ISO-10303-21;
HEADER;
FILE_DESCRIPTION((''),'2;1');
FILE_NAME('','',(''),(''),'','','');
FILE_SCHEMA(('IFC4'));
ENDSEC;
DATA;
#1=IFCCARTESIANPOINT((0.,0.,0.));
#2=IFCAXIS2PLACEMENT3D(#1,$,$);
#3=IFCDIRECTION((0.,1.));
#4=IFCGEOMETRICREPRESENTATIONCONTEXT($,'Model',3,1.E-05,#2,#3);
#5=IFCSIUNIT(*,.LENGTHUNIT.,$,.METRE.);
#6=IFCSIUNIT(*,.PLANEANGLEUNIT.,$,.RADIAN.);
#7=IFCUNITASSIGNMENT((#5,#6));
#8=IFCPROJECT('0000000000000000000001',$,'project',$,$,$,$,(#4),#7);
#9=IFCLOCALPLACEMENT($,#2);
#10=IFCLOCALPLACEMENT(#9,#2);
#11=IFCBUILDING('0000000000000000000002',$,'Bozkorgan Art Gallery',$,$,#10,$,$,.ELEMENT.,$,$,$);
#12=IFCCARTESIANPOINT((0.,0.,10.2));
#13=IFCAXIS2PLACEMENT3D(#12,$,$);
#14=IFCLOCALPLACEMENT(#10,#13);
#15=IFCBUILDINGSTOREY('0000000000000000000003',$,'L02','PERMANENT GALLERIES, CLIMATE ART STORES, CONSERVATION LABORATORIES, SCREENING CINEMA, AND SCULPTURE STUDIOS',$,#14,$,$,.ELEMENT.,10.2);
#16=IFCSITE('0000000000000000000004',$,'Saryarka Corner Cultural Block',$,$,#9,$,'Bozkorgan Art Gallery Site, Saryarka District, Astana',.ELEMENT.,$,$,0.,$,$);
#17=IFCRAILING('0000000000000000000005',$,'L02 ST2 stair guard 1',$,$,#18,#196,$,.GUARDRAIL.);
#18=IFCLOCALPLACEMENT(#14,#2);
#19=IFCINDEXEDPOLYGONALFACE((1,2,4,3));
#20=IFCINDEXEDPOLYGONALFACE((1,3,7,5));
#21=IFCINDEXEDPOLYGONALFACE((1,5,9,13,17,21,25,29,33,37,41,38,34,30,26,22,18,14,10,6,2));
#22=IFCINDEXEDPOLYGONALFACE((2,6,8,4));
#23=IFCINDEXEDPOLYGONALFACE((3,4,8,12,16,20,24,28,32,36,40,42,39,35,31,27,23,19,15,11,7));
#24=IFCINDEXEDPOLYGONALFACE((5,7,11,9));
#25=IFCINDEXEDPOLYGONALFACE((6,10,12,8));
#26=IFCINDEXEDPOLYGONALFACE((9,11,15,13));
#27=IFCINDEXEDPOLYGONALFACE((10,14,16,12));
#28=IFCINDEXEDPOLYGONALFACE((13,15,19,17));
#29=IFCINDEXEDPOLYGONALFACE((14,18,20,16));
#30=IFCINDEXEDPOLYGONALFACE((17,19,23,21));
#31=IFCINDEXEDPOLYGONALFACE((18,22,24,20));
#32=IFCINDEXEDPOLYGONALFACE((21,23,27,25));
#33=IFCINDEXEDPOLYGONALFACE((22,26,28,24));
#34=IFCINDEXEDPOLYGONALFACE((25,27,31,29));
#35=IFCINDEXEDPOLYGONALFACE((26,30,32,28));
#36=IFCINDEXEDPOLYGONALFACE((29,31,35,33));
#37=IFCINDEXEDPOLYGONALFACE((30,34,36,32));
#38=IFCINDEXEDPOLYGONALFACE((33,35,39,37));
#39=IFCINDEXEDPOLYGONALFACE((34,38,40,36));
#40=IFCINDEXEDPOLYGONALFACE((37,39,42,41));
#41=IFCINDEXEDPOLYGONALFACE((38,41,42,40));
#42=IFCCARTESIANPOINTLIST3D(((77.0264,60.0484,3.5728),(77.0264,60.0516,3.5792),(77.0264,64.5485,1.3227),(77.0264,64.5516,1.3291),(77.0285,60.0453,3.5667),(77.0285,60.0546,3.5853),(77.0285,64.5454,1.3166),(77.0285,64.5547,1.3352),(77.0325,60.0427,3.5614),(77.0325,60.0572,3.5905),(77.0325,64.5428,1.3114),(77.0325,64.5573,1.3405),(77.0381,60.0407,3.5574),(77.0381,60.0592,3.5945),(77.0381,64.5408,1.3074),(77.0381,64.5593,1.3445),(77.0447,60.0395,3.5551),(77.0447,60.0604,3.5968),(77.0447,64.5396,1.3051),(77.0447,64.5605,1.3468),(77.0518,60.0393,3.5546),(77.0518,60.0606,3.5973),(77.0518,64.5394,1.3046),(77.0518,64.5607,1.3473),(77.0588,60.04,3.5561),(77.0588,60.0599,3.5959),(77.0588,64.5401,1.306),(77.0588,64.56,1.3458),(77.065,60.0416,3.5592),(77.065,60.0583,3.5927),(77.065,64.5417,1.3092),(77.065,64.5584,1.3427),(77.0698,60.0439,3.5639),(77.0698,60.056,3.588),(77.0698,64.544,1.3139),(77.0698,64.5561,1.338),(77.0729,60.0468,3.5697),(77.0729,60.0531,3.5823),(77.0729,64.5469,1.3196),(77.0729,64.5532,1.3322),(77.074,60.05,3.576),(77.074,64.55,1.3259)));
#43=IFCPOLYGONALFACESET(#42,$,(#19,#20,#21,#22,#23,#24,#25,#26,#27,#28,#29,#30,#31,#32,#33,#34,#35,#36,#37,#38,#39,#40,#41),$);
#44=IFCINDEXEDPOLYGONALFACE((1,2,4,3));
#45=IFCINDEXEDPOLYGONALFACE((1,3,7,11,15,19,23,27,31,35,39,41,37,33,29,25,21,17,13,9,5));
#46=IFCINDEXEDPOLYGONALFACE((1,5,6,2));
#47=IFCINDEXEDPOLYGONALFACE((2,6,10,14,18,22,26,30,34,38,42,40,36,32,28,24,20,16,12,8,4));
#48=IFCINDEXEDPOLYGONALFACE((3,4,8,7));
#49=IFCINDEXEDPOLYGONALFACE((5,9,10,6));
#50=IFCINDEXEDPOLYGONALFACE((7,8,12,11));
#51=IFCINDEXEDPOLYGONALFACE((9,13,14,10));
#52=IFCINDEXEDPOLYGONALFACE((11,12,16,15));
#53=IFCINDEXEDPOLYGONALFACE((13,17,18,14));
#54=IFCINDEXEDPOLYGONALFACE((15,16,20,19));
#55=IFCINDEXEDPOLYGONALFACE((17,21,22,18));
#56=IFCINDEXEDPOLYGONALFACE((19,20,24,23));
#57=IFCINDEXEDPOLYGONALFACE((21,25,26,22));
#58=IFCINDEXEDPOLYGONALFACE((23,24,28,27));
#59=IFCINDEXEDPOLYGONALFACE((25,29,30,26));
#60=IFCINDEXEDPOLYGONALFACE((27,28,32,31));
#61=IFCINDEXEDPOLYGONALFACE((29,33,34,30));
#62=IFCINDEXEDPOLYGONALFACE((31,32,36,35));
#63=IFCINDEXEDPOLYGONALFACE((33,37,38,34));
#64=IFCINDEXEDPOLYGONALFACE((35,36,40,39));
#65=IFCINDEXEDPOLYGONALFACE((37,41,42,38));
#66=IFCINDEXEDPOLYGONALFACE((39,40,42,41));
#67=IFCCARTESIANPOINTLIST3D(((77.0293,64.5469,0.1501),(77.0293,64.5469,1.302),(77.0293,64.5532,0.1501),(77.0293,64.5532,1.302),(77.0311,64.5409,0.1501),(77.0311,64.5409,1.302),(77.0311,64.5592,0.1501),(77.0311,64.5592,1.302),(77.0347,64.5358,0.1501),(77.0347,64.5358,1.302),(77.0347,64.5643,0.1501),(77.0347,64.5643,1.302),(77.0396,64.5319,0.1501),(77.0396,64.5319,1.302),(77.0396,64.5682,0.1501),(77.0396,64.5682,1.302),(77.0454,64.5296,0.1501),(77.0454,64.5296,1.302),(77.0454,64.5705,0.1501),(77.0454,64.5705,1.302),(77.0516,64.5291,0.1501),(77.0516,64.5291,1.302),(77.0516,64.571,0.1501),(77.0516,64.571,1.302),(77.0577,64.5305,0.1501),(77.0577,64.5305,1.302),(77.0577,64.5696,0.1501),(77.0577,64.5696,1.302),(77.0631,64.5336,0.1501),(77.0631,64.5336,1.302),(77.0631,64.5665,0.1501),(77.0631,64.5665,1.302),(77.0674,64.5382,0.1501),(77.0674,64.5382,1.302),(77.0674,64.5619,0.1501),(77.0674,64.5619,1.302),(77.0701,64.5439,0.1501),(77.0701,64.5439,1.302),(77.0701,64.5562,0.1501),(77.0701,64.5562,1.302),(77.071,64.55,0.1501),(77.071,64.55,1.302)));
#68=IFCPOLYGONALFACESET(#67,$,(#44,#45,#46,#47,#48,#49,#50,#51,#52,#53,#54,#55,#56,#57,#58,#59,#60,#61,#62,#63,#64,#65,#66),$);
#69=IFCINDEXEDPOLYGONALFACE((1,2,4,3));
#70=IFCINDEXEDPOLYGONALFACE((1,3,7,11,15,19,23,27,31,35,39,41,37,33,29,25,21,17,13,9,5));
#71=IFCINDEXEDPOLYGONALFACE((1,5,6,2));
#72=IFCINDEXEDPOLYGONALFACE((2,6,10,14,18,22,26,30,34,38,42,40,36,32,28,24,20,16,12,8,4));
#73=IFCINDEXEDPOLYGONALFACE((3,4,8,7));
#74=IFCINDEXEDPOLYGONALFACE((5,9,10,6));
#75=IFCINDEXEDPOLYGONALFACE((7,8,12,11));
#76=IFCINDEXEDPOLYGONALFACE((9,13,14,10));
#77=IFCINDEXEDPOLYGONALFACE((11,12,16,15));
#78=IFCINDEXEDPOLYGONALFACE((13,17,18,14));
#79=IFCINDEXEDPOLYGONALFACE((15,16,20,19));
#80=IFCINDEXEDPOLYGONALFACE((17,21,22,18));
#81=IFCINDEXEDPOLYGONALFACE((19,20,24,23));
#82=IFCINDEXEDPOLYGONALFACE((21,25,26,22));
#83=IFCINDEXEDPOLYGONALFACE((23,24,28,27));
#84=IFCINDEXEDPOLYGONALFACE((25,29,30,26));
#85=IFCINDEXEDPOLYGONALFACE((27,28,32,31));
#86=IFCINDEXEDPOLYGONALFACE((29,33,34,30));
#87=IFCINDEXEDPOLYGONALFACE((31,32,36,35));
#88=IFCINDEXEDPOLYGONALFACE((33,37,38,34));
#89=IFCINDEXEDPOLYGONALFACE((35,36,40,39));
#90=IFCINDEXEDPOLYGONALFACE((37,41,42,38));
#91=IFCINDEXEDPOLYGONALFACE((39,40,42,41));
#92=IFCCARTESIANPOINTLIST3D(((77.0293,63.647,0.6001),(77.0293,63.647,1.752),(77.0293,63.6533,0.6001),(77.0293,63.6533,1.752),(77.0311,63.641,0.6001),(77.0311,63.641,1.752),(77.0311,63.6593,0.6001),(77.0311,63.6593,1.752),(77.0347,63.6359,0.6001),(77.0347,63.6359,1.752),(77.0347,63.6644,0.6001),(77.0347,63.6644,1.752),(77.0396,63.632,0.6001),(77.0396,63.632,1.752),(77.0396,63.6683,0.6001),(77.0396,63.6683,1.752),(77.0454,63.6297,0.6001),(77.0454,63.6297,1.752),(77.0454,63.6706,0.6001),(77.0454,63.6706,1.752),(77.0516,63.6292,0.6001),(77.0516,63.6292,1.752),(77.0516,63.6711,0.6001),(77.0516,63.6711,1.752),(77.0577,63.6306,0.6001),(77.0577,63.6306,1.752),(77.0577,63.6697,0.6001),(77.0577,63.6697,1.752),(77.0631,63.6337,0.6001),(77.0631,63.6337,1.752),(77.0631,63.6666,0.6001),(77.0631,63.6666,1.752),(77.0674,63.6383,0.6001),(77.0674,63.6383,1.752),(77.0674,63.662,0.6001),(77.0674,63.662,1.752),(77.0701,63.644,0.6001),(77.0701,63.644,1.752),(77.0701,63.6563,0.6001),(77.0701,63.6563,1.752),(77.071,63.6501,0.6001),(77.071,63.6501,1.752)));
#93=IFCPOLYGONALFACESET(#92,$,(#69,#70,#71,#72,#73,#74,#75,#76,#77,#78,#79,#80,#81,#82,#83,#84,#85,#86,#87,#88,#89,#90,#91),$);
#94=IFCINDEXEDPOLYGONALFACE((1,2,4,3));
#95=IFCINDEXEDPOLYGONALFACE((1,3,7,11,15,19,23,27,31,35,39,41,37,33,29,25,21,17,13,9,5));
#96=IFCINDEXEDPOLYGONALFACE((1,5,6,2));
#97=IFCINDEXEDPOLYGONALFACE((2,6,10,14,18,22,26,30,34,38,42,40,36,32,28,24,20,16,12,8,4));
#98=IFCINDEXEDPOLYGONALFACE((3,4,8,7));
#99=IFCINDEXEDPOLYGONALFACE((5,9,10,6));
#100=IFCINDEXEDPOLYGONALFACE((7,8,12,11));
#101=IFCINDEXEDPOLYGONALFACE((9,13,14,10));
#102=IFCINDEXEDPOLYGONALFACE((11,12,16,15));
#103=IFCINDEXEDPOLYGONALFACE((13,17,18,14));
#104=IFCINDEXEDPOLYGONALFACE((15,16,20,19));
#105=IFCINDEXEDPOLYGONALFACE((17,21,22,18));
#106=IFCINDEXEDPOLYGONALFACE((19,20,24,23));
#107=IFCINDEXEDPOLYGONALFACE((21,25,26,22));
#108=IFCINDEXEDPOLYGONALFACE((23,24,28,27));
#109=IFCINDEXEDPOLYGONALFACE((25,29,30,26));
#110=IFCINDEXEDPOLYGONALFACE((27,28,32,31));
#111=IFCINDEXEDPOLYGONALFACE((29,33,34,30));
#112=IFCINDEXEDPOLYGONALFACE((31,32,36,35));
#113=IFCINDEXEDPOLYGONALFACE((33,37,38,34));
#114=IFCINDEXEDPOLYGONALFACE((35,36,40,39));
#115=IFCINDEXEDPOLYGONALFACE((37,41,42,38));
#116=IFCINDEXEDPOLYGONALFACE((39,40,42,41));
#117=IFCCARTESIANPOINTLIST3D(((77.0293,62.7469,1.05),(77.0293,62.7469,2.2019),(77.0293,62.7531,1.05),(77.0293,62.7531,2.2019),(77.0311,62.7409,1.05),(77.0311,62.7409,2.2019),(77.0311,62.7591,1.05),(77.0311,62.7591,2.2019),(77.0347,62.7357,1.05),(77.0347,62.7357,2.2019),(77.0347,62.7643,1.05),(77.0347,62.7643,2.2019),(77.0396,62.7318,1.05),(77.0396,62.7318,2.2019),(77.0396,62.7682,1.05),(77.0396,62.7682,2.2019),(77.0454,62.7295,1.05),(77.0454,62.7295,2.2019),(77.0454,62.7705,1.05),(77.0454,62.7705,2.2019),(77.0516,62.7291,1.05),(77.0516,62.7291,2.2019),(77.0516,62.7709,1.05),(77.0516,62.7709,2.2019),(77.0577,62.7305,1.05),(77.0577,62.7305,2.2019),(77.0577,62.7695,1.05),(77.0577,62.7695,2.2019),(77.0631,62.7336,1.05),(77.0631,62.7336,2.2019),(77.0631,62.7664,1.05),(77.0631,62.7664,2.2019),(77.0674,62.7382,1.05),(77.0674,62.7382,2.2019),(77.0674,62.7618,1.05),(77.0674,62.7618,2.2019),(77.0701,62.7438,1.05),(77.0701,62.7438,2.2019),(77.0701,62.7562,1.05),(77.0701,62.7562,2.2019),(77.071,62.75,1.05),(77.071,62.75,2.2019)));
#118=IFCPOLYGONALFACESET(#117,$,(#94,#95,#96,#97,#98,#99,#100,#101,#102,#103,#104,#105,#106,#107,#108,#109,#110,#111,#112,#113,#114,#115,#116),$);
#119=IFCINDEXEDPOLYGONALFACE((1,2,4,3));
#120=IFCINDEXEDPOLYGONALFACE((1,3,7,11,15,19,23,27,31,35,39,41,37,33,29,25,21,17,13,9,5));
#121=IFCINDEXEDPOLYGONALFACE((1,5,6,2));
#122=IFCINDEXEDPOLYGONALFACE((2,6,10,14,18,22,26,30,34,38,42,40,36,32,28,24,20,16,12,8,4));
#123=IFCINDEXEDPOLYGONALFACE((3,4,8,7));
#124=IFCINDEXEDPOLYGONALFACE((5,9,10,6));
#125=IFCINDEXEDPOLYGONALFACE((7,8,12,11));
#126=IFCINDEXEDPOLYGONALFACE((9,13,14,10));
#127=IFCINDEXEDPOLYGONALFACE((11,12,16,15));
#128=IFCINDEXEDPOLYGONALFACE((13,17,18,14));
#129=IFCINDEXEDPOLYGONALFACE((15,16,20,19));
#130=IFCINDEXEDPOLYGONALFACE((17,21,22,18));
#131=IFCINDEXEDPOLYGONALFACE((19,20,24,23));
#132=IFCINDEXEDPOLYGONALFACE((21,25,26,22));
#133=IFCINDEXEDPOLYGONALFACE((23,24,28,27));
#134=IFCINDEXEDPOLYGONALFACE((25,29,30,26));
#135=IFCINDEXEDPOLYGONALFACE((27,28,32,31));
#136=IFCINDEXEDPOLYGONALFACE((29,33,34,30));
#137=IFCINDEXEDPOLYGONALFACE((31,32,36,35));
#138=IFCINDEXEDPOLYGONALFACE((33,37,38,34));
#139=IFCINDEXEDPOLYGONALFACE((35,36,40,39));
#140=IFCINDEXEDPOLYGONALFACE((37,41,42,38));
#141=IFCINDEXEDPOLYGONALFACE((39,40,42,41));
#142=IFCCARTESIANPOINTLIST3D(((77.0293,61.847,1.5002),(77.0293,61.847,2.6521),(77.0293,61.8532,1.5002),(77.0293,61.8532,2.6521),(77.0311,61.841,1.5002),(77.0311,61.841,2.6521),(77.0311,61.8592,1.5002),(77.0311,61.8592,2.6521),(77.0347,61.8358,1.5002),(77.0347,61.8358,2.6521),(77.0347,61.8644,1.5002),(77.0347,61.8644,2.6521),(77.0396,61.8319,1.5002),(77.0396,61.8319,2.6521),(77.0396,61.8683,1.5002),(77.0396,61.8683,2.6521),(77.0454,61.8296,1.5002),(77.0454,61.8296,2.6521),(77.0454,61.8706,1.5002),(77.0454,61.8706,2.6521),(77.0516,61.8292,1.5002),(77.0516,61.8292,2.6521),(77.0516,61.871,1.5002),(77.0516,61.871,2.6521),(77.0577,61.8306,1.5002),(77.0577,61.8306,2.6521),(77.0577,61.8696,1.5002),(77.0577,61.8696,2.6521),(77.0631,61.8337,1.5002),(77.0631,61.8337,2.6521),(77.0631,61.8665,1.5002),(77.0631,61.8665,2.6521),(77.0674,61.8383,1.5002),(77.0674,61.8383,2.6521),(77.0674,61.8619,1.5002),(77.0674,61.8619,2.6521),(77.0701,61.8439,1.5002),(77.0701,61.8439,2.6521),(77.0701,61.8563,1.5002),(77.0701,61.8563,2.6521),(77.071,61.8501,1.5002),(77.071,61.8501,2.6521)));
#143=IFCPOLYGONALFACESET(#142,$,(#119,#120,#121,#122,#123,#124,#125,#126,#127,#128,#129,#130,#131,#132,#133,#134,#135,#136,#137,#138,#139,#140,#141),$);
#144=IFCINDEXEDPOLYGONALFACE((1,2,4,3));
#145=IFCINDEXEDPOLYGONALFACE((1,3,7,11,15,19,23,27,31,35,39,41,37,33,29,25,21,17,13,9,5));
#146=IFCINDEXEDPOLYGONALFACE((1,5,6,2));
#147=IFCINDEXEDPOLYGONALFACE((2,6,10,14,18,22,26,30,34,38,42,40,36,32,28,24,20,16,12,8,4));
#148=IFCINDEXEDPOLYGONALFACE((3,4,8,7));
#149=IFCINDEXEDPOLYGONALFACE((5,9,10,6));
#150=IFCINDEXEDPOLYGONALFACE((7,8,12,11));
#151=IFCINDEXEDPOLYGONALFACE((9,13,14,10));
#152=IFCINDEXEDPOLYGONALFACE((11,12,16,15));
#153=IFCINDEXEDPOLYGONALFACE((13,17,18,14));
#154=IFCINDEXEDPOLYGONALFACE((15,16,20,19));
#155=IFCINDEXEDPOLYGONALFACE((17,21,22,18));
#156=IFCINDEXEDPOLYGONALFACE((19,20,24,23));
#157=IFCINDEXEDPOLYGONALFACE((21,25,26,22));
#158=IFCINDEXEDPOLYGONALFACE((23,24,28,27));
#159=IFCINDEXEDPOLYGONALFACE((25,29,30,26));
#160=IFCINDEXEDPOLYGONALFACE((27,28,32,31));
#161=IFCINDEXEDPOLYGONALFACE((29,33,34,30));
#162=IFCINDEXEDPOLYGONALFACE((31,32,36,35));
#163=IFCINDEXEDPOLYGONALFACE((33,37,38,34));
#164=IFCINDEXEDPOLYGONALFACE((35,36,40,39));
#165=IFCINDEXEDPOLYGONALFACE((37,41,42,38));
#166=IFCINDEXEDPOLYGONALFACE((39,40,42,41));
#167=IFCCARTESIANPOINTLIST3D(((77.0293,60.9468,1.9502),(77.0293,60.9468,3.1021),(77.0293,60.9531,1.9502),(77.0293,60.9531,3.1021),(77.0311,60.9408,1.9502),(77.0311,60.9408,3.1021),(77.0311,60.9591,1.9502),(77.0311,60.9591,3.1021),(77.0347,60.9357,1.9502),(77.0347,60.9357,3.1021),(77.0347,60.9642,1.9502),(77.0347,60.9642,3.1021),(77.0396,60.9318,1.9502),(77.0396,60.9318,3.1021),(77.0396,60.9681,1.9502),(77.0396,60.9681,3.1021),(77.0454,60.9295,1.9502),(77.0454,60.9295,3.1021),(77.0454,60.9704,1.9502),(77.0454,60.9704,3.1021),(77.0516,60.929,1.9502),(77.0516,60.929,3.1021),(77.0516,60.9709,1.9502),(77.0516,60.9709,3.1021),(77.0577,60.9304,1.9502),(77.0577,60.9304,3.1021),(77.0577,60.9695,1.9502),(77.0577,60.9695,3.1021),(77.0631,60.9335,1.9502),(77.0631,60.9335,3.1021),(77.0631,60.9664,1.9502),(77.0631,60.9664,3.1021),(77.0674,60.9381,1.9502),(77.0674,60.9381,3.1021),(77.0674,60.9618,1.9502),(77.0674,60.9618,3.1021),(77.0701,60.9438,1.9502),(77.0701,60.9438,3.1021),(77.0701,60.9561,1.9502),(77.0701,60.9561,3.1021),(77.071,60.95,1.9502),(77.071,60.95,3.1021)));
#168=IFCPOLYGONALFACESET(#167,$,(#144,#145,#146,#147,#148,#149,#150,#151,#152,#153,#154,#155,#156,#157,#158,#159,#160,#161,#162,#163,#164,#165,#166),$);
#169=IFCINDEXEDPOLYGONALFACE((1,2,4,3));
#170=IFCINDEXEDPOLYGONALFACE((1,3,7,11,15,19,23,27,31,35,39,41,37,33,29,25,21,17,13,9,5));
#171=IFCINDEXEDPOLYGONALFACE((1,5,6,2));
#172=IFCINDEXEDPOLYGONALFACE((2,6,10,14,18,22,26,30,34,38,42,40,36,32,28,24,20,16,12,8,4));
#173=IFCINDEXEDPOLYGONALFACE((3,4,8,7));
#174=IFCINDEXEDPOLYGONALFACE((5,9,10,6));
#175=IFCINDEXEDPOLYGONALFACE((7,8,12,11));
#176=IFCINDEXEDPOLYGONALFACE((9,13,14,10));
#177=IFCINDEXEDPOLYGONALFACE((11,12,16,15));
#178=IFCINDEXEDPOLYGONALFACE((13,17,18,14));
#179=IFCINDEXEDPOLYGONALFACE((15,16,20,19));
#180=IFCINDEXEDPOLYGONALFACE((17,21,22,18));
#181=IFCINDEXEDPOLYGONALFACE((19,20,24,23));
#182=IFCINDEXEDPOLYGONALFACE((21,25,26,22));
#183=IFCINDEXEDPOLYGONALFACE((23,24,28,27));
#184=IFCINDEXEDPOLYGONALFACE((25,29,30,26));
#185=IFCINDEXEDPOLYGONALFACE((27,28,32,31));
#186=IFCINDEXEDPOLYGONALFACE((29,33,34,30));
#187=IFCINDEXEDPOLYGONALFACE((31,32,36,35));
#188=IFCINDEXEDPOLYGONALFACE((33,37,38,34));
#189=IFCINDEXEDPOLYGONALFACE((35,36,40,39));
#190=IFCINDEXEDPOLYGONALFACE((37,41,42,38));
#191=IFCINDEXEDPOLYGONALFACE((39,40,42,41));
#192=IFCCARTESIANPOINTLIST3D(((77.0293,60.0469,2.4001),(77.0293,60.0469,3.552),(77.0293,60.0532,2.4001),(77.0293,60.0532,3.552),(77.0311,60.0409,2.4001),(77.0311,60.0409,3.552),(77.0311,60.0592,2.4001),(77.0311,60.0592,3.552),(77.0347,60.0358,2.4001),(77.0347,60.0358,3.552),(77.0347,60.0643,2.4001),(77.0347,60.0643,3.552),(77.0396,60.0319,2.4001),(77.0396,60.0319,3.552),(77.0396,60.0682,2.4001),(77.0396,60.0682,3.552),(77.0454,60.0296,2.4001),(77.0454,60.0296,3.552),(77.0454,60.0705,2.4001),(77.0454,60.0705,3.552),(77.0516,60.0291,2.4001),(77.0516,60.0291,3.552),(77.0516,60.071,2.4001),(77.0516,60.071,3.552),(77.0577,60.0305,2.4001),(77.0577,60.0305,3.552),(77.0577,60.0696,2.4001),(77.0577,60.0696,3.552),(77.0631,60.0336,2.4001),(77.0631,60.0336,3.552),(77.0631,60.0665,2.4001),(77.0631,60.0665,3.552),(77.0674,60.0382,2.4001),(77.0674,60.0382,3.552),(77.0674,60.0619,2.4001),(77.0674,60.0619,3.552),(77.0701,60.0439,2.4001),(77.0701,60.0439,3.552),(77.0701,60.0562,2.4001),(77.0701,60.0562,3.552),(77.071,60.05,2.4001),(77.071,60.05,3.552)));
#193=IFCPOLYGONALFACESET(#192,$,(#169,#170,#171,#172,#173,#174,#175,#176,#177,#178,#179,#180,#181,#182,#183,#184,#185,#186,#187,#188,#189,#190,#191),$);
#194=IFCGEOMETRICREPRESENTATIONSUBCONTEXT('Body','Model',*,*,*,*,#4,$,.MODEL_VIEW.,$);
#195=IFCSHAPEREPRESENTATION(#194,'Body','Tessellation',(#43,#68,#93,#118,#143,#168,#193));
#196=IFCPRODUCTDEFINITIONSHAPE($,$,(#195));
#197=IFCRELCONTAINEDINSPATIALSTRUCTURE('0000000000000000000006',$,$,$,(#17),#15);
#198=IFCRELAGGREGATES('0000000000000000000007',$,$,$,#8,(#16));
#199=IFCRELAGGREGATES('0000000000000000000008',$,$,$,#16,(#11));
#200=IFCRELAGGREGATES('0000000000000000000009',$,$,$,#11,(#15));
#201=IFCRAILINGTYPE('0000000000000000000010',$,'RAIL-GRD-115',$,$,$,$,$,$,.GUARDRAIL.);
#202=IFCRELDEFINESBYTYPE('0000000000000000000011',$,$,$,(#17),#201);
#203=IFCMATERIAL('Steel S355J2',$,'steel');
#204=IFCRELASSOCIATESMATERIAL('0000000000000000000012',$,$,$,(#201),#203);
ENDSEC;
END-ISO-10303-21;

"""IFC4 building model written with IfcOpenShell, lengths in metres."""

from ifc_helpers import new_model, si_unit, direction, frame, origin, origin_2d, place, context, subcontext, project, spatial, circle, extrude, material, type_object, element, save


model = new_model("IFC4")

# Units and contexts
model_context = context("Model", 3, precision=1e-05, world=origin(), true_north=direction((0.0, 1.0)))
body_context = subcontext(model_context, "Body", "Model", "MODEL_VIEW")
ifc_project = project(units=[si_unit("LENGTHUNIT", "METRE"), si_unit("PLANEANGLEUNIT", "RADIAN")], contexts=[model_context])

# Site, building, storey
site_placement = place(None, origin())
site = spatial("IfcSite", under=ifc_project, at=site_placement, Name="Saryarka Corner Cultural Block", LongName="Bozkorgan Art Gallery Site, Saryarka District, Astana", CompositionType="ELEMENT", RefElevation=0.0)
building_placement = place(site_placement, origin())
building = spatial("IfcBuilding", under=site, at=building_placement, Name="Bozkorgan Art Gallery", CompositionType="ELEMENT")
storey_placement = place(building_placement, frame((0.0, 0.0, 10.2)))
storey = spatial("IfcBuildingStorey", under=building, at=storey_placement, Name="L02", Description="PERMANENT GALLERIES, CLIMATE ART STORES, CONSERVATION LABORATORIES, SCREENING CINEMA, AND SCULPTURE STUDIOS", CompositionType="ELEMENT", Elevation=10.2)

# Shared definitions
ifc_material_1 = material(Name="Steel S355J2", Category="steel")

# Railing
railing_type_1 = type_object("IfcRailingType", Name="RAIL-GRD-115", PredefinedType="GUARDRAIL", material=ifc_material_1)
railing_1_placement = place(storey_placement, frame((77.05, 64.55, 0.1501)))
element("IfcRailing", 1, at=railing_1_placement, inside=storey, type_object=railing_type_1, Name="L02 ST2 stair guard 1", PredefinedType="GUARDRAIL", context=body_context, shape_type="SweptSolid", body=[
    extrude(circle(Radius=0.0239, at=origin_2d()), frame((0.0, 0.0, 1.1758), z_axis=(0.0, -0.894427, 0.447214), x_axis=(1.0, 0.0, 0.0)), (0.0, 0.0, 1.0), 5.0312),
    extrude(circle(Radius=0.021, at=origin_2d()), origin(), (0.0, 0.0, 1.0), 1.1519),
    extrude(circle(Radius=0.021, at=origin_2d()), frame((0.0, -0.8999, 0.45)), (0.0, 0.0, 1.0), 1.1519),
    extrude(circle(Radius=0.021, at=origin_2d()), frame((0.0, -1.8, 0.8999)), (0.0, 0.0, 1.0), 1.1519),
    extrude(circle(Radius=0.021, at=origin_2d()), frame((0.0, -2.7, 1.3501)), (0.0, 0.0, 1.0), 1.1519),
    extrude(circle(Radius=0.021, at=origin_2d()), frame((0.0, -3.6001, 1.8)), (0.0, 0.0, 1.0), 1.1519),
    extrude(circle(Radius=0.021, at=origin_2d()), frame((0.0, -4.5, 2.25)), (0.0, 0.0, 1.0), 1.1519),
])

save(model, "model.ifc")
